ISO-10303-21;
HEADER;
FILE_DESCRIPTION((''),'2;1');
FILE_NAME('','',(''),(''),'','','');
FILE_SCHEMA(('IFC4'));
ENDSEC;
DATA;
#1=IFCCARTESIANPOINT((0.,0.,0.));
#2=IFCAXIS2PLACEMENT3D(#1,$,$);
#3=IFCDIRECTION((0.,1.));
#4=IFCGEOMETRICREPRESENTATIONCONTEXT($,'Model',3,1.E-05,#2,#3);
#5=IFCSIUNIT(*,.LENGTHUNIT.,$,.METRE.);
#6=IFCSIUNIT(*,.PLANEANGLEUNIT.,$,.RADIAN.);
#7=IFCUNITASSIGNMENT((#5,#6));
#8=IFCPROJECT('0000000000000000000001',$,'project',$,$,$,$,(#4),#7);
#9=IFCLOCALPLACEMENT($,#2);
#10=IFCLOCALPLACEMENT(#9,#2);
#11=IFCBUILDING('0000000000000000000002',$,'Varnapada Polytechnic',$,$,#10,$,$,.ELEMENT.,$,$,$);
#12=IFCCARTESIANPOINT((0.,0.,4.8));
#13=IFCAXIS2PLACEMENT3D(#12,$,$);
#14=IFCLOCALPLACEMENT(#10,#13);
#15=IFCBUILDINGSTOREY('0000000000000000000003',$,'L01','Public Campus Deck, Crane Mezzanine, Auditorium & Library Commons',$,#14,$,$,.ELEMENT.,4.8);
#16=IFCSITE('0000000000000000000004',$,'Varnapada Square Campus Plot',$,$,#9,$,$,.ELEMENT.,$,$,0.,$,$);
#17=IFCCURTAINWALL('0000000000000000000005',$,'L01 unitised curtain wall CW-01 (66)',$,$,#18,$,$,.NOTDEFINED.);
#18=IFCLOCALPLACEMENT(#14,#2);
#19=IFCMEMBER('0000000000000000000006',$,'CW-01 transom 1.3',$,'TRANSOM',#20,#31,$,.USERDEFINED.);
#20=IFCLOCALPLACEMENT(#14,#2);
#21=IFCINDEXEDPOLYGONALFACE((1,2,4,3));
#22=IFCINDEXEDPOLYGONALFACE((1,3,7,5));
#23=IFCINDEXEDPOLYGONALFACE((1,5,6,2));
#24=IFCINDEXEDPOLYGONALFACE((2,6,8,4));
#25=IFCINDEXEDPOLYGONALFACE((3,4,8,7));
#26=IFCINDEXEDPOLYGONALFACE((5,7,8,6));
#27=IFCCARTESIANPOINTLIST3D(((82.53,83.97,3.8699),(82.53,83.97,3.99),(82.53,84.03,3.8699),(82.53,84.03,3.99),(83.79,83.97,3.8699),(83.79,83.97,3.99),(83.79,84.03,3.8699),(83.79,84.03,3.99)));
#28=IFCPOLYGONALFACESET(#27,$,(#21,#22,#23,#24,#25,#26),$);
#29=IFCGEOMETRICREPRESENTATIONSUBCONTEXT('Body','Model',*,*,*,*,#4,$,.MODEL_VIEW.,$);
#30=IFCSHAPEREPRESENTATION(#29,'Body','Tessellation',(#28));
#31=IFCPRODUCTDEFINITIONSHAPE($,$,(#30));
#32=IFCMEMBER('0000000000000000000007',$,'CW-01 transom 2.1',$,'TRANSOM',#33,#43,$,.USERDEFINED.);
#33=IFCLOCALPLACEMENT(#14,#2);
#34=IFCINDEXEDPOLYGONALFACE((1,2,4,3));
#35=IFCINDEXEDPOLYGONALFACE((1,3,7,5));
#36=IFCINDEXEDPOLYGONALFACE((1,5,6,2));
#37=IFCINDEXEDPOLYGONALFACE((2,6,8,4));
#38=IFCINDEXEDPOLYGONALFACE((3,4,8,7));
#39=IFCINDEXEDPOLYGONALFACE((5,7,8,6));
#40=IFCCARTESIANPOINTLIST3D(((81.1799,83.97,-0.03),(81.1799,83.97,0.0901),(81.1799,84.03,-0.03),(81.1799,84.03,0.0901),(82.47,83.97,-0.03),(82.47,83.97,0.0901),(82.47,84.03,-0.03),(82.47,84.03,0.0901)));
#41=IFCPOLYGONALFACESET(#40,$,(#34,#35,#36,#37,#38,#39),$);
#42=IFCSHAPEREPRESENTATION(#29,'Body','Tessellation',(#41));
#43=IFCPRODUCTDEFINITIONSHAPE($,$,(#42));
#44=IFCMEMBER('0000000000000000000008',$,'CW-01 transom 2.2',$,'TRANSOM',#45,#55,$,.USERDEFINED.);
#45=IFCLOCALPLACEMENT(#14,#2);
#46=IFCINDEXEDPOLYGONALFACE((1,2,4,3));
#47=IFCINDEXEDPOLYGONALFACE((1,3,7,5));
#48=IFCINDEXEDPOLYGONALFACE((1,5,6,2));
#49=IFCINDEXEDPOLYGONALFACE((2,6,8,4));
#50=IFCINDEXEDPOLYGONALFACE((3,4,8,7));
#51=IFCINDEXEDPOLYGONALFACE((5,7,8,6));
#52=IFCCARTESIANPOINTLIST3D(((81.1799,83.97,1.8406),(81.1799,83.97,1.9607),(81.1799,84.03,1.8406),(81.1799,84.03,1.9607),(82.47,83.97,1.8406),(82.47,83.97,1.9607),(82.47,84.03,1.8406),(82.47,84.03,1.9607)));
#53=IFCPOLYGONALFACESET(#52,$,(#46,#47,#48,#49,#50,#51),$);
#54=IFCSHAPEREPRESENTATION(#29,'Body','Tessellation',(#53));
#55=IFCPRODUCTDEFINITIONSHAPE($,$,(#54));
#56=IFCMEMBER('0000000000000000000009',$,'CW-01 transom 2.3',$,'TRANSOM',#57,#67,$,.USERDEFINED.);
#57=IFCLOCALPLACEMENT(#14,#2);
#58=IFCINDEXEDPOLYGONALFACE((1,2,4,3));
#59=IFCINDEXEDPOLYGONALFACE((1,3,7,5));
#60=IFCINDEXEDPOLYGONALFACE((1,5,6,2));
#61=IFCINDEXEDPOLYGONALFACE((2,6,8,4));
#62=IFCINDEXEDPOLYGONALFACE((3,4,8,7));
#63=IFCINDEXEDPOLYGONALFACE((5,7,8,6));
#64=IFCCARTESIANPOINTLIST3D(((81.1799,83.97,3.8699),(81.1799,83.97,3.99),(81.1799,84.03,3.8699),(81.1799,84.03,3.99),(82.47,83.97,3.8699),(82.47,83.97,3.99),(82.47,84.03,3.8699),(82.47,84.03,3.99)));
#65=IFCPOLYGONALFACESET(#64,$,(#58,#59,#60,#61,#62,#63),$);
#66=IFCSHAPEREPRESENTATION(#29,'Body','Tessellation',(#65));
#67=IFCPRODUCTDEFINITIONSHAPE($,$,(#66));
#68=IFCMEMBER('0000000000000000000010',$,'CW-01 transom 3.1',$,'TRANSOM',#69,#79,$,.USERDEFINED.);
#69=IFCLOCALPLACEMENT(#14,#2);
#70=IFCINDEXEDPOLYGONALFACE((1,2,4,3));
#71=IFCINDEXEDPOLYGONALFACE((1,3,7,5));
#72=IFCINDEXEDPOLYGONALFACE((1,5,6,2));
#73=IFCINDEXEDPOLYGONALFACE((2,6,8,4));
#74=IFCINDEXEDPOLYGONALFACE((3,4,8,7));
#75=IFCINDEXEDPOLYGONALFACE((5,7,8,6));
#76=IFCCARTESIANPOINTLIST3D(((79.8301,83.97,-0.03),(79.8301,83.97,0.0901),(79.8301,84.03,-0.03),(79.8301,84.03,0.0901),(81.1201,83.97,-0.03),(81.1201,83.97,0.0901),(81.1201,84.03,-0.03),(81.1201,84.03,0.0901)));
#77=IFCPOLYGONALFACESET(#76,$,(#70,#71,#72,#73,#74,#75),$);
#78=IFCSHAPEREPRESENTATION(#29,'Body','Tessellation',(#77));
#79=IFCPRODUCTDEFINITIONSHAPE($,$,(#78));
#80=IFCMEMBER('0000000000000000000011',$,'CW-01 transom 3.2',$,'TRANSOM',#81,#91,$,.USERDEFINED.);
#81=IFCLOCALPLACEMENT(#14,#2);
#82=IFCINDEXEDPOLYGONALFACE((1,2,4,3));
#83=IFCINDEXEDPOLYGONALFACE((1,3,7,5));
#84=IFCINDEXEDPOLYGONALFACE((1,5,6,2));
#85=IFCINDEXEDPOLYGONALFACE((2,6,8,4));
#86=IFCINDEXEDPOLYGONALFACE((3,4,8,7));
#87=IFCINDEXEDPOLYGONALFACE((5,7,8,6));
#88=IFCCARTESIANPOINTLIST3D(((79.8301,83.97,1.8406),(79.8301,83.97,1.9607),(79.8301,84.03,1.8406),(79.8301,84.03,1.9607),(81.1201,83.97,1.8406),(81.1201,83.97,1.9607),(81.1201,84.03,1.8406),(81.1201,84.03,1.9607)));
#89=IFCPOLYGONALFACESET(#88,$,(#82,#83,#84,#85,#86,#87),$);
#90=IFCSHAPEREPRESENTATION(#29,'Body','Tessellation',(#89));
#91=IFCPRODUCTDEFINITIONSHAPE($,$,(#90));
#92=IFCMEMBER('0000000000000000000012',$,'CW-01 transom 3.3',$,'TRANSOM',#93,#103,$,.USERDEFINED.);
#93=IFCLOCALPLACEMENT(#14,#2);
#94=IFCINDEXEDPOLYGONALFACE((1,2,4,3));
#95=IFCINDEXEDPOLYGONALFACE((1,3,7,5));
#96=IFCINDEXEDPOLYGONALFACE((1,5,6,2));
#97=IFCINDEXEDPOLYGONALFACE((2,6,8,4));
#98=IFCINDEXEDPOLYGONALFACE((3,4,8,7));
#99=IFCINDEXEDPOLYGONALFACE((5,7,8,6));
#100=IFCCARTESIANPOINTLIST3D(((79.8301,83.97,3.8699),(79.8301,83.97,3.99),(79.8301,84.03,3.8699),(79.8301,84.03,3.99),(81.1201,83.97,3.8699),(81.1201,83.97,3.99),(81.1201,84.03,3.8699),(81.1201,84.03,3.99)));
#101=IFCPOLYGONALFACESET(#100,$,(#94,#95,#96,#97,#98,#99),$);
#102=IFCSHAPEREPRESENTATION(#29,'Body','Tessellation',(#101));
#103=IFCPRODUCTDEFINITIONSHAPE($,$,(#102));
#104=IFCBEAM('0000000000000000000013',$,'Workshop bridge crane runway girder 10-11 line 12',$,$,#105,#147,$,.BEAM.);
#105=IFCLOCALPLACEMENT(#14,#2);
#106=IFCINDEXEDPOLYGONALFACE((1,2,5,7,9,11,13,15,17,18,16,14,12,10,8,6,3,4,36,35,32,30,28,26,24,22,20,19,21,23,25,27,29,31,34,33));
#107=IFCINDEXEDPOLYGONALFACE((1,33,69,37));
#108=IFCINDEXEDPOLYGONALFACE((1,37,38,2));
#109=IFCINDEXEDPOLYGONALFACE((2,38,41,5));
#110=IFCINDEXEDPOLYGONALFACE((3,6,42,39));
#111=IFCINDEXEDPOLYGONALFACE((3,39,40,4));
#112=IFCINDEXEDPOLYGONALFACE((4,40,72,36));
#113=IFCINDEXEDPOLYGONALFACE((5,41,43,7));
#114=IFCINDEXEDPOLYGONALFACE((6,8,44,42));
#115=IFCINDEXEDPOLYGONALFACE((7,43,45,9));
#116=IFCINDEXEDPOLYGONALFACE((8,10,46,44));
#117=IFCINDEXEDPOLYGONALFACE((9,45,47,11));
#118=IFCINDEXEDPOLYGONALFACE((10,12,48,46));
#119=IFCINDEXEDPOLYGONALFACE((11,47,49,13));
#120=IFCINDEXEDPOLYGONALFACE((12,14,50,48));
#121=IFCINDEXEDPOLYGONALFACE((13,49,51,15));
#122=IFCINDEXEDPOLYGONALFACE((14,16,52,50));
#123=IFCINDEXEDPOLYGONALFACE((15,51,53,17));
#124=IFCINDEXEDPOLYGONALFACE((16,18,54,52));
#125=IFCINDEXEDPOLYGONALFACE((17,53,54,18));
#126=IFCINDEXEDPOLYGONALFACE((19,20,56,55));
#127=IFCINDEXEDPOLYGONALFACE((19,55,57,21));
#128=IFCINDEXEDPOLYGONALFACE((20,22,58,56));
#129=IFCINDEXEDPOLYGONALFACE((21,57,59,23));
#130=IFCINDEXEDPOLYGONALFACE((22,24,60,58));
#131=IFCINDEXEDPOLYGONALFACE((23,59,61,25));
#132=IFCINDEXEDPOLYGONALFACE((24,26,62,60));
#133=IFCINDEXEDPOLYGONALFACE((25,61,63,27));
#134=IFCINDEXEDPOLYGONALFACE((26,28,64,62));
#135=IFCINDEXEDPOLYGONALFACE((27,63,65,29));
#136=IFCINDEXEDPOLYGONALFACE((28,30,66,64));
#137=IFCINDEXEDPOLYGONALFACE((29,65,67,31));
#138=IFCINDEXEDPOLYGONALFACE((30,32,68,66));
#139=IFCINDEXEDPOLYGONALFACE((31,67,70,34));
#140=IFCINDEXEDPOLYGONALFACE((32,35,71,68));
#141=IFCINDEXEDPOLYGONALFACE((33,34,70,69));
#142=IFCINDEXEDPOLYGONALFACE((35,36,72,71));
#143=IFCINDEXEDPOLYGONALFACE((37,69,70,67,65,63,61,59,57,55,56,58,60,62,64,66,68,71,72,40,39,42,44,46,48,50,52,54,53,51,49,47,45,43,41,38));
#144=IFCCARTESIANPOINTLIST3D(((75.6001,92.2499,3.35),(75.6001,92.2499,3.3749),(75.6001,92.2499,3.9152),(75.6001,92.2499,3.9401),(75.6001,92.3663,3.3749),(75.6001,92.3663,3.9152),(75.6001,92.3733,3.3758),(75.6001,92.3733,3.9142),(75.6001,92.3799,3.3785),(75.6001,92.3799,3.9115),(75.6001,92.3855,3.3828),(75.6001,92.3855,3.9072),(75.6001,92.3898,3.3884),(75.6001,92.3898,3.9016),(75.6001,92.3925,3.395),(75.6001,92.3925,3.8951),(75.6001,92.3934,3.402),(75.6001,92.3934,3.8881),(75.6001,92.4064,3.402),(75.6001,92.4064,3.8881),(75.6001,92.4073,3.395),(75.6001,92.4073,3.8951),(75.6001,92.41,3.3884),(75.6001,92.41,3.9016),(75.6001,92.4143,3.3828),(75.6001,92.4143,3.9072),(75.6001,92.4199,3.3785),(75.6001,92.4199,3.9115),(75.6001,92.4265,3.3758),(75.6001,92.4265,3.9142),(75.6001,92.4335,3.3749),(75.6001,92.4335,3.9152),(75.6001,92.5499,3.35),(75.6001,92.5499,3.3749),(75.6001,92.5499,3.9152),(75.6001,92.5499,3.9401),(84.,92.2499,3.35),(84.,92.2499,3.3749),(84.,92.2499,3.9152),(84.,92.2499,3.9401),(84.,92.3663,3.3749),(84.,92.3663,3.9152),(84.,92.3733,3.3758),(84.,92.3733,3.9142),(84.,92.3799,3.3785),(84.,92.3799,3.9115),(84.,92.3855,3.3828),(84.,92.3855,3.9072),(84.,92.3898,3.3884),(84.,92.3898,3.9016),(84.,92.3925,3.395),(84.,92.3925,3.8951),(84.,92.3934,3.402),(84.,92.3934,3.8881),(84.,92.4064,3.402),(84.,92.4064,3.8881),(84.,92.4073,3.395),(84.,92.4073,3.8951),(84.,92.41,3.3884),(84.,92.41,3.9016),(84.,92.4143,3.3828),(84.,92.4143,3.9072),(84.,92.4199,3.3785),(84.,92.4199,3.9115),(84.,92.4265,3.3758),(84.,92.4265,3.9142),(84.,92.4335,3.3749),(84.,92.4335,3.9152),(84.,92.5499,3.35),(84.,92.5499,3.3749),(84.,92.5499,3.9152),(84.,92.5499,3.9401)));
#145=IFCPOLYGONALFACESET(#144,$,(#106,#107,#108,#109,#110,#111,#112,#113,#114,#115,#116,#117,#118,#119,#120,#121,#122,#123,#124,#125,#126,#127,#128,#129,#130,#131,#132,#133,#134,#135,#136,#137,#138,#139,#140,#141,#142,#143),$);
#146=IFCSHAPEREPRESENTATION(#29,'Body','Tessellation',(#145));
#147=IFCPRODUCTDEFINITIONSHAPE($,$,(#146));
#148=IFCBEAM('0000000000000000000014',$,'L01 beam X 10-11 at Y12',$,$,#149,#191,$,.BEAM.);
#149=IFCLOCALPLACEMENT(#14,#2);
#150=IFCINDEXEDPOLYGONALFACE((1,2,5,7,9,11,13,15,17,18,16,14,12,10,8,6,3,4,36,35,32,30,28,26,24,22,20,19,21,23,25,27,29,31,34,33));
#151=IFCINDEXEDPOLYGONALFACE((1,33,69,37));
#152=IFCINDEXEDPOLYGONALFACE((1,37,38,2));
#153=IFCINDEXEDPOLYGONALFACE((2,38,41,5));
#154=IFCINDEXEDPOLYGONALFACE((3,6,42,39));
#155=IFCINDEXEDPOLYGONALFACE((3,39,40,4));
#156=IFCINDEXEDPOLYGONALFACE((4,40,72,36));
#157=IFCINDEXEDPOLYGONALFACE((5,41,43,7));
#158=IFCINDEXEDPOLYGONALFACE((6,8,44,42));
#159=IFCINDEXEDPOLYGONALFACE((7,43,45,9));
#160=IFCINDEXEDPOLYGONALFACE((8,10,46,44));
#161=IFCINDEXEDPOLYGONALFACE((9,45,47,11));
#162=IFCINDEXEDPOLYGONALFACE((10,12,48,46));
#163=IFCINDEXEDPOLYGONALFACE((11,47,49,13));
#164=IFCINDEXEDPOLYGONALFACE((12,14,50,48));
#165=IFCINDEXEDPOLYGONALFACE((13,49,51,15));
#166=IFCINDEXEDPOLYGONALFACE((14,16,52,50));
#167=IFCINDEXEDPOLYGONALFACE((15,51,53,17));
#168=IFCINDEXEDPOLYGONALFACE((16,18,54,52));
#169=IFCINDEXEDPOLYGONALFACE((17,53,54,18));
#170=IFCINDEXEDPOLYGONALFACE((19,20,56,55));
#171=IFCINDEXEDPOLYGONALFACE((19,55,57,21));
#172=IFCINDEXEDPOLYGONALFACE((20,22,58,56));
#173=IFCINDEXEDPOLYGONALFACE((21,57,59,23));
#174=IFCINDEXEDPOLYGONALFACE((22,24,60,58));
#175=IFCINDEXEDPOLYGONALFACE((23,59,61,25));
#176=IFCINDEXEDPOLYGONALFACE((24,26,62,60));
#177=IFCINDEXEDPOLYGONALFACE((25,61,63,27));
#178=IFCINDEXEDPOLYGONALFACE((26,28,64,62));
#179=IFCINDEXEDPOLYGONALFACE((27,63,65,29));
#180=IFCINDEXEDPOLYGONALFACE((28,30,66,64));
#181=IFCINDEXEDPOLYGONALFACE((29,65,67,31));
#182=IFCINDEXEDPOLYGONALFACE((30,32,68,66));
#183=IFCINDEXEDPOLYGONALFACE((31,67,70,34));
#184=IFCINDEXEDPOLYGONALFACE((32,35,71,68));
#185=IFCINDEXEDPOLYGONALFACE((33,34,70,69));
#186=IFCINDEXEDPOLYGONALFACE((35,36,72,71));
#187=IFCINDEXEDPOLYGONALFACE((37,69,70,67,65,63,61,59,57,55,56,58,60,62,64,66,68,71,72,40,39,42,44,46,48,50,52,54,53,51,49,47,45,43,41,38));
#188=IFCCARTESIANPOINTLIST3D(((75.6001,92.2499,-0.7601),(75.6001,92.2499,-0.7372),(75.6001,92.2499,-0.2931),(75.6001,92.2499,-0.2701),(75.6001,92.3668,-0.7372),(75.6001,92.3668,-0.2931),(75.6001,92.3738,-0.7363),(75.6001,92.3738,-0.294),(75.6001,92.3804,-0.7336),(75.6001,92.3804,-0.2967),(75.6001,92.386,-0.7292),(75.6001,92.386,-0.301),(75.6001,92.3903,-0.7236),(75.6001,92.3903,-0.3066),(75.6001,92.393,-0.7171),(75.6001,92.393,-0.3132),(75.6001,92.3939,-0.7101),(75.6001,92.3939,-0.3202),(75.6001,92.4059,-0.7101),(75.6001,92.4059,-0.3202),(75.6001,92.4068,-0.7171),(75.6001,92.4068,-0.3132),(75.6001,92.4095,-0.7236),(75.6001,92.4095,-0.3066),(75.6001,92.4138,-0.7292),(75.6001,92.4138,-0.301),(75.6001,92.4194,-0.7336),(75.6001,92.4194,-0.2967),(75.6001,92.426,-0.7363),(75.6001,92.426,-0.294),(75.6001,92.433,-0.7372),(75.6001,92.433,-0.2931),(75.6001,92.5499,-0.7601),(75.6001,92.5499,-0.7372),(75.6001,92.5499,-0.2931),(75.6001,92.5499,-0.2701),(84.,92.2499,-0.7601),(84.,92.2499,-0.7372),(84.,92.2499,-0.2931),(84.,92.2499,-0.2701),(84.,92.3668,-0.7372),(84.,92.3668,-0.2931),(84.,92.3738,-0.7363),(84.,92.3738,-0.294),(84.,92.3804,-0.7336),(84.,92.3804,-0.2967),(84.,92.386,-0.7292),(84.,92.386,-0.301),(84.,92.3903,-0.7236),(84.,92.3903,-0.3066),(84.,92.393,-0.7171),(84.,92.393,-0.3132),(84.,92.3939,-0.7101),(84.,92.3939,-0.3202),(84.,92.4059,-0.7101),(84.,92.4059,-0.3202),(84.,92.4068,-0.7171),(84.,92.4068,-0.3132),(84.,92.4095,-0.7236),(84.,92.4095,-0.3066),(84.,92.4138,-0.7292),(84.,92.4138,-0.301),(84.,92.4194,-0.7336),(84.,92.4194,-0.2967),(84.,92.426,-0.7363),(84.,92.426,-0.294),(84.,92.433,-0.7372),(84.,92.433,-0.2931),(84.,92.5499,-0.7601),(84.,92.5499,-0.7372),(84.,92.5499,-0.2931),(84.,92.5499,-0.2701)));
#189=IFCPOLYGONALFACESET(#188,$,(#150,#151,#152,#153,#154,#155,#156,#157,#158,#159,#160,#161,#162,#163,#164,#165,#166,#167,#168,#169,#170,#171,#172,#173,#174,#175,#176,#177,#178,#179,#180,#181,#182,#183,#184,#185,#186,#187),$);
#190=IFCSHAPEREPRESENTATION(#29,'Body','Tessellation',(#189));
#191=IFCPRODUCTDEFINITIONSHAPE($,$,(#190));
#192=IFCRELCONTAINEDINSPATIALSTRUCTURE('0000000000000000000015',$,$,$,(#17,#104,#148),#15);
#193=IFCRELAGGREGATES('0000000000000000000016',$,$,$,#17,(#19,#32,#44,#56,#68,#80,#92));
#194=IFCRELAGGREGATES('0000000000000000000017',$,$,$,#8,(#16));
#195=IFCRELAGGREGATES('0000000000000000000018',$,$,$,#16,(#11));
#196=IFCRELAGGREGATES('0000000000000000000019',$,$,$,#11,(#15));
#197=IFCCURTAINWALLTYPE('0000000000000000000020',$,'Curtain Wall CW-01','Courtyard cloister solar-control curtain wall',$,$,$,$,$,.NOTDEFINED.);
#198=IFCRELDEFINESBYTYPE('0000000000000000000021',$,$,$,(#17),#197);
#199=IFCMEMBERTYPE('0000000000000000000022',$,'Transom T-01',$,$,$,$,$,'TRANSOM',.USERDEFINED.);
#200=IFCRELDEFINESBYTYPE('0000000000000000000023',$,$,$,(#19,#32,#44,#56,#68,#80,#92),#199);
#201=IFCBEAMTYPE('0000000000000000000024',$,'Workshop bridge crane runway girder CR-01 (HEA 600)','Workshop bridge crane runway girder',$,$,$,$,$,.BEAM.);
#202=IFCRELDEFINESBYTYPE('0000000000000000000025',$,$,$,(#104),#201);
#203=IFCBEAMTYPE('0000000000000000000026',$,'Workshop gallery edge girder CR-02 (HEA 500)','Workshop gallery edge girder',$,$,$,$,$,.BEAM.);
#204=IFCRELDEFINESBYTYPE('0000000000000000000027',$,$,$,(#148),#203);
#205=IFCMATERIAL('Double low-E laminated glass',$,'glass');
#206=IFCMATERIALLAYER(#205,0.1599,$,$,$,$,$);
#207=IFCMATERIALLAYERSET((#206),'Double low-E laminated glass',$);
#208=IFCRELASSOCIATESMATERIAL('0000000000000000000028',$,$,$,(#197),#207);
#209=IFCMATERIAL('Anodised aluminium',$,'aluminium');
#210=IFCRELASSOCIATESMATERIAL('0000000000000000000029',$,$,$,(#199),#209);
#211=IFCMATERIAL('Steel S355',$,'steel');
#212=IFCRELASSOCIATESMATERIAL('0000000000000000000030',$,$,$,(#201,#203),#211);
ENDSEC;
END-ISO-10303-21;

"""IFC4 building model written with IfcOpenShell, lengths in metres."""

from ifc_helpers import new_model, si_unit, direction, frame, origin, origin_2d, place, context, subcontext, project, spatial, rectangle, i_section, extrude, material, layer, layer_set, material_profile, profile_set, type_object, element, aggregate, save


model = new_model("IFC4")

# Units and contexts
model_context = context("Model", 3, precision=1e-05, world=origin(), true_north=direction((0.0, 1.0)))
body_context = subcontext(model_context, "Body", "Model", "MODEL_VIEW")
ifc_project = project(units=[si_unit("LENGTHUNIT", "METRE"), si_unit("PLANEANGLEUNIT", "RADIAN")], contexts=[model_context])

# Site, building, storey
site_placement = place(None, origin())
site = spatial("IfcSite", under=ifc_project, at=site_placement, Name="Varnapada Square Campus Plot", CompositionType="ELEMENT", RefElevation=0.0)
building_placement = place(site_placement, origin())
building = spatial("IfcBuilding", under=site, at=building_placement, Name="Varnapada Polytechnic", CompositionType="ELEMENT")
storey_placement = place(building_placement, frame((0.0, 0.0, 4.8)))
storey = spatial("IfcBuildingStorey", under=building, at=storey_placement, Name="L01", Description="Public Campus Deck, Crane Mezzanine, Auditorium & Library Commons", CompositionType="ELEMENT", Elevation=4.8)

# Shared definitions
ifc_material_1 = material(Name="Steel S355", Category="steel")

# Curtain wall, members
ifc_material_2 = material(Name="Double low-E laminated glass", Category="glass")
ifc_layer_1 = layer(ifc_material_2, 0.1599)
ifc_layer_set_1 = layer_set([ifc_layer_1], Name="Double low-E laminated glass")
curtain_wall_type = type_object("IfcCurtainWallType", Name="Curtain Wall CW-01", Description="Courtyard cloister solar-control curtain wall", PredefinedType="NOTDEFINED", material=ifc_layer_set_1)
curtain_wall_placement = place(storey_placement, origin())
curtain_wall = element("IfcCurtainWall", 1, at=curtain_wall_placement, inside=storey, type_object=curtain_wall_type, Name="L01 unitised curtain wall CW-01 (66)", PredefinedType="NOTDEFINED")
ifc_material_3 = material(Name="Anodised aluminium", Category="aluminium")
ifc_material_profile_1 = material_profile(ifc_material_3, rectangle(XDim=0.0601, YDim=0.1201, at=origin_2d()), Name="ALU T60x120")
ifc_profile_set_1 = profile_set([ifc_material_profile_1], Name="Anodised aluminium")
member_type_1 = type_object("IfcMemberType", Name="Transom T-01", ElementType="TRANSOM", PredefinedType="USERDEFINED", material=ifc_profile_set_1)
member_1_placement = place(storey_placement, frame((83.79, 84.0, 3.9299), z_axis=(-1.0, 0.0, 0.0), x_axis=(0.0, -1.0, 0.0)))
member_1 = element("IfcMember", 2, at=member_1_placement, type_object=member_type_1, Name="CW-01 transom 1.3", ObjectType="TRANSOM", PredefinedType="USERDEFINED", context=body_context, shape_type="SweptSolid", body=[
    extrude(rectangle(XDim=0.0601, YDim=0.1201, at=origin_2d()), origin(), (0.0, 0.0, 1.0), 1.26),
])
member_2_placement = place(storey_placement, frame((82.47, 84.0, 0.03), z_axis=(-1.0, 0.0, 0.0), x_axis=(0.0, -1.0, 0.0)))
member_2 = element("IfcMember", 3, at=member_2_placement, type_object=member_type_1, Name="CW-01 transom 2.1", ObjectType="TRANSOM", PredefinedType="USERDEFINED", context=body_context, shape_type="SweptSolid", body=[
    extrude(rectangle(XDim=0.0601, YDim=0.1201, at=origin_2d()), origin(), (0.0, 0.0, 1.0), 1.29),
])
member_3_placement = place(storey_placement, frame((82.47, 84.0, 1.9006), z_axis=(-1.0, 0.0, 0.0), x_axis=(0.0, -1.0, 0.0)))
member_3 = element("IfcMember", 4, at=member_3_placement, type_object=member_type_1, Name="CW-01 transom 2.2", ObjectType="TRANSOM", PredefinedType="USERDEFINED", context=body_context, shape_type="SweptSolid", body=[
    extrude(rectangle(XDim=0.0601, YDim=0.1201, at=origin_2d()), origin(), (0.0, 0.0, 1.0), 1.29),
])
member_4_placement = place(storey_placement, frame((82.47, 84.0, 3.9299), z_axis=(-1.0, 0.0, 0.0), x_axis=(0.0, -1.0, 0.0)))
member_4 = element("IfcMember", 5, at=member_4_placement, type_object=member_type_1, Name="CW-01 transom 2.3", ObjectType="TRANSOM", PredefinedType="USERDEFINED", context=body_context, shape_type="SweptSolid", body=[
    extrude(rectangle(XDim=0.0601, YDim=0.1201, at=origin_2d()), origin(), (0.0, 0.0, 1.0), 1.29),
])
member_5_placement = place(storey_placement, frame((81.1201, 84.0, 0.03), z_axis=(-1.0, 0.0, 0.0), x_axis=(0.0, -1.0, 0.0)))
member_5 = element("IfcMember", 6, at=member_5_placement, type_object=member_type_1, Name="CW-01 transom 3.1", ObjectType="TRANSOM", PredefinedType="USERDEFINED", context=body_context, shape_type="SweptSolid", body=[
    extrude(rectangle(XDim=0.0601, YDim=0.1201, at=origin_2d()), origin(), (0.0, 0.0, 1.0), 1.29),
])
member_6_placement = place(storey_placement, frame((81.1201, 84.0, 1.9006), z_axis=(-1.0, 0.0, 0.0), x_axis=(0.0, -1.0, 0.0)))
member_6 = element("IfcMember", 7, at=member_6_placement, type_object=member_type_1, Name="CW-01 transom 3.2", ObjectType="TRANSOM", PredefinedType="USERDEFINED", context=body_context, shape_type="SweptSolid", body=[
    extrude(rectangle(XDim=0.0601, YDim=0.1201, at=origin_2d()), origin(), (0.0, 0.0, 1.0), 1.29),
])
member_7_placement = place(storey_placement, frame((81.1201, 84.0, 3.9299), z_axis=(-1.0, 0.0, 0.0), x_axis=(0.0, -1.0, 0.0)))
member_7 = element("IfcMember", 8, at=member_7_placement, type_object=member_type_1, Name="CW-01 transom 3.3", ObjectType="TRANSOM", PredefinedType="USERDEFINED", context=body_context, shape_type="SweptSolid", body=[
    extrude(rectangle(XDim=0.0601, YDim=0.1201, at=origin_2d()), origin(), (0.0, 0.0, 1.0), 1.29),
])

# Beams
ifc_material_profile_2 = material_profile(ifc_material_1, i_section(OverallWidth=0.3, OverallDepth=0.5901, WebThickness=0.0129, FlangeThickness=0.0249, FilletRadius=0.0271, at=origin_2d()), Name="HEA 600")
ifc_profile_set_2 = profile_set([ifc_material_profile_2], Name="Steel S355")
beam_type_1 = type_object("IfcBeamType", Name="Workshop bridge crane runway girder CR-01 (HEA 600)", Description="Workshop bridge crane runway girder", PredefinedType="BEAM", material=ifc_profile_set_2)
beam_1_placement = place(storey_placement, frame((75.6001, 92.3999, 3.645), z_axis=(1.0, 0.0, 0.0), x_axis=(0.0, 1.0, 0.0)))
element("IfcBeam", 9, at=beam_1_placement, inside=storey, type_object=beam_type_1, Name="Workshop bridge crane runway girder 10-11 line 12", PredefinedType="BEAM", context=body_context, shape_type="SweptSolid", body=[
    extrude(i_section(OverallWidth=0.3, OverallDepth=0.5901, WebThickness=0.0129, FlangeThickness=0.0249, FilletRadius=0.0271, at=origin_2d()), origin(), (0.0, 0.0, 1.0), 8.3999),
])
ifc_material_profile_3 = material_profile(ifc_material_1, i_section(OverallWidth=0.3, OverallDepth=0.49, WebThickness=0.012, FlangeThickness=0.0229, FilletRadius=0.0271, at=origin_2d()), Name="HEA 500")
ifc_profile_set_3 = profile_set([ifc_material_profile_3], Name="Steel S355")
beam_type_2 = type_object("IfcBeamType", Name="Workshop gallery edge girder CR-02 (HEA 500)", Description="Workshop gallery edge girder", PredefinedType="BEAM", material=ifc_profile_set_3)
beam_2_placement = place(storey_placement, frame((75.6001, 92.3999, -0.5151), z_axis=(1.0, 0.0, 0.0), x_axis=(0.0, 1.0, 0.0)))
element("IfcBeam", 10, at=beam_2_placement, inside=storey, type_object=beam_type_2, Name="L01 beam X 10-11 at Y12", PredefinedType="BEAM", context=body_context, shape_type="SweptSolid", body=[
    extrude(i_section(OverallWidth=0.3, OverallDepth=0.49, WebThickness=0.012, FlangeThickness=0.0229, FilletRadius=0.0271, at=origin_2d()), origin(), (0.0, 0.0, 1.0), 8.3999),
])

aggregate(curtain_wall, [member_1, member_2, member_3, member_4, member_5, member_6, member_7])

save(model, "model.ifc")
